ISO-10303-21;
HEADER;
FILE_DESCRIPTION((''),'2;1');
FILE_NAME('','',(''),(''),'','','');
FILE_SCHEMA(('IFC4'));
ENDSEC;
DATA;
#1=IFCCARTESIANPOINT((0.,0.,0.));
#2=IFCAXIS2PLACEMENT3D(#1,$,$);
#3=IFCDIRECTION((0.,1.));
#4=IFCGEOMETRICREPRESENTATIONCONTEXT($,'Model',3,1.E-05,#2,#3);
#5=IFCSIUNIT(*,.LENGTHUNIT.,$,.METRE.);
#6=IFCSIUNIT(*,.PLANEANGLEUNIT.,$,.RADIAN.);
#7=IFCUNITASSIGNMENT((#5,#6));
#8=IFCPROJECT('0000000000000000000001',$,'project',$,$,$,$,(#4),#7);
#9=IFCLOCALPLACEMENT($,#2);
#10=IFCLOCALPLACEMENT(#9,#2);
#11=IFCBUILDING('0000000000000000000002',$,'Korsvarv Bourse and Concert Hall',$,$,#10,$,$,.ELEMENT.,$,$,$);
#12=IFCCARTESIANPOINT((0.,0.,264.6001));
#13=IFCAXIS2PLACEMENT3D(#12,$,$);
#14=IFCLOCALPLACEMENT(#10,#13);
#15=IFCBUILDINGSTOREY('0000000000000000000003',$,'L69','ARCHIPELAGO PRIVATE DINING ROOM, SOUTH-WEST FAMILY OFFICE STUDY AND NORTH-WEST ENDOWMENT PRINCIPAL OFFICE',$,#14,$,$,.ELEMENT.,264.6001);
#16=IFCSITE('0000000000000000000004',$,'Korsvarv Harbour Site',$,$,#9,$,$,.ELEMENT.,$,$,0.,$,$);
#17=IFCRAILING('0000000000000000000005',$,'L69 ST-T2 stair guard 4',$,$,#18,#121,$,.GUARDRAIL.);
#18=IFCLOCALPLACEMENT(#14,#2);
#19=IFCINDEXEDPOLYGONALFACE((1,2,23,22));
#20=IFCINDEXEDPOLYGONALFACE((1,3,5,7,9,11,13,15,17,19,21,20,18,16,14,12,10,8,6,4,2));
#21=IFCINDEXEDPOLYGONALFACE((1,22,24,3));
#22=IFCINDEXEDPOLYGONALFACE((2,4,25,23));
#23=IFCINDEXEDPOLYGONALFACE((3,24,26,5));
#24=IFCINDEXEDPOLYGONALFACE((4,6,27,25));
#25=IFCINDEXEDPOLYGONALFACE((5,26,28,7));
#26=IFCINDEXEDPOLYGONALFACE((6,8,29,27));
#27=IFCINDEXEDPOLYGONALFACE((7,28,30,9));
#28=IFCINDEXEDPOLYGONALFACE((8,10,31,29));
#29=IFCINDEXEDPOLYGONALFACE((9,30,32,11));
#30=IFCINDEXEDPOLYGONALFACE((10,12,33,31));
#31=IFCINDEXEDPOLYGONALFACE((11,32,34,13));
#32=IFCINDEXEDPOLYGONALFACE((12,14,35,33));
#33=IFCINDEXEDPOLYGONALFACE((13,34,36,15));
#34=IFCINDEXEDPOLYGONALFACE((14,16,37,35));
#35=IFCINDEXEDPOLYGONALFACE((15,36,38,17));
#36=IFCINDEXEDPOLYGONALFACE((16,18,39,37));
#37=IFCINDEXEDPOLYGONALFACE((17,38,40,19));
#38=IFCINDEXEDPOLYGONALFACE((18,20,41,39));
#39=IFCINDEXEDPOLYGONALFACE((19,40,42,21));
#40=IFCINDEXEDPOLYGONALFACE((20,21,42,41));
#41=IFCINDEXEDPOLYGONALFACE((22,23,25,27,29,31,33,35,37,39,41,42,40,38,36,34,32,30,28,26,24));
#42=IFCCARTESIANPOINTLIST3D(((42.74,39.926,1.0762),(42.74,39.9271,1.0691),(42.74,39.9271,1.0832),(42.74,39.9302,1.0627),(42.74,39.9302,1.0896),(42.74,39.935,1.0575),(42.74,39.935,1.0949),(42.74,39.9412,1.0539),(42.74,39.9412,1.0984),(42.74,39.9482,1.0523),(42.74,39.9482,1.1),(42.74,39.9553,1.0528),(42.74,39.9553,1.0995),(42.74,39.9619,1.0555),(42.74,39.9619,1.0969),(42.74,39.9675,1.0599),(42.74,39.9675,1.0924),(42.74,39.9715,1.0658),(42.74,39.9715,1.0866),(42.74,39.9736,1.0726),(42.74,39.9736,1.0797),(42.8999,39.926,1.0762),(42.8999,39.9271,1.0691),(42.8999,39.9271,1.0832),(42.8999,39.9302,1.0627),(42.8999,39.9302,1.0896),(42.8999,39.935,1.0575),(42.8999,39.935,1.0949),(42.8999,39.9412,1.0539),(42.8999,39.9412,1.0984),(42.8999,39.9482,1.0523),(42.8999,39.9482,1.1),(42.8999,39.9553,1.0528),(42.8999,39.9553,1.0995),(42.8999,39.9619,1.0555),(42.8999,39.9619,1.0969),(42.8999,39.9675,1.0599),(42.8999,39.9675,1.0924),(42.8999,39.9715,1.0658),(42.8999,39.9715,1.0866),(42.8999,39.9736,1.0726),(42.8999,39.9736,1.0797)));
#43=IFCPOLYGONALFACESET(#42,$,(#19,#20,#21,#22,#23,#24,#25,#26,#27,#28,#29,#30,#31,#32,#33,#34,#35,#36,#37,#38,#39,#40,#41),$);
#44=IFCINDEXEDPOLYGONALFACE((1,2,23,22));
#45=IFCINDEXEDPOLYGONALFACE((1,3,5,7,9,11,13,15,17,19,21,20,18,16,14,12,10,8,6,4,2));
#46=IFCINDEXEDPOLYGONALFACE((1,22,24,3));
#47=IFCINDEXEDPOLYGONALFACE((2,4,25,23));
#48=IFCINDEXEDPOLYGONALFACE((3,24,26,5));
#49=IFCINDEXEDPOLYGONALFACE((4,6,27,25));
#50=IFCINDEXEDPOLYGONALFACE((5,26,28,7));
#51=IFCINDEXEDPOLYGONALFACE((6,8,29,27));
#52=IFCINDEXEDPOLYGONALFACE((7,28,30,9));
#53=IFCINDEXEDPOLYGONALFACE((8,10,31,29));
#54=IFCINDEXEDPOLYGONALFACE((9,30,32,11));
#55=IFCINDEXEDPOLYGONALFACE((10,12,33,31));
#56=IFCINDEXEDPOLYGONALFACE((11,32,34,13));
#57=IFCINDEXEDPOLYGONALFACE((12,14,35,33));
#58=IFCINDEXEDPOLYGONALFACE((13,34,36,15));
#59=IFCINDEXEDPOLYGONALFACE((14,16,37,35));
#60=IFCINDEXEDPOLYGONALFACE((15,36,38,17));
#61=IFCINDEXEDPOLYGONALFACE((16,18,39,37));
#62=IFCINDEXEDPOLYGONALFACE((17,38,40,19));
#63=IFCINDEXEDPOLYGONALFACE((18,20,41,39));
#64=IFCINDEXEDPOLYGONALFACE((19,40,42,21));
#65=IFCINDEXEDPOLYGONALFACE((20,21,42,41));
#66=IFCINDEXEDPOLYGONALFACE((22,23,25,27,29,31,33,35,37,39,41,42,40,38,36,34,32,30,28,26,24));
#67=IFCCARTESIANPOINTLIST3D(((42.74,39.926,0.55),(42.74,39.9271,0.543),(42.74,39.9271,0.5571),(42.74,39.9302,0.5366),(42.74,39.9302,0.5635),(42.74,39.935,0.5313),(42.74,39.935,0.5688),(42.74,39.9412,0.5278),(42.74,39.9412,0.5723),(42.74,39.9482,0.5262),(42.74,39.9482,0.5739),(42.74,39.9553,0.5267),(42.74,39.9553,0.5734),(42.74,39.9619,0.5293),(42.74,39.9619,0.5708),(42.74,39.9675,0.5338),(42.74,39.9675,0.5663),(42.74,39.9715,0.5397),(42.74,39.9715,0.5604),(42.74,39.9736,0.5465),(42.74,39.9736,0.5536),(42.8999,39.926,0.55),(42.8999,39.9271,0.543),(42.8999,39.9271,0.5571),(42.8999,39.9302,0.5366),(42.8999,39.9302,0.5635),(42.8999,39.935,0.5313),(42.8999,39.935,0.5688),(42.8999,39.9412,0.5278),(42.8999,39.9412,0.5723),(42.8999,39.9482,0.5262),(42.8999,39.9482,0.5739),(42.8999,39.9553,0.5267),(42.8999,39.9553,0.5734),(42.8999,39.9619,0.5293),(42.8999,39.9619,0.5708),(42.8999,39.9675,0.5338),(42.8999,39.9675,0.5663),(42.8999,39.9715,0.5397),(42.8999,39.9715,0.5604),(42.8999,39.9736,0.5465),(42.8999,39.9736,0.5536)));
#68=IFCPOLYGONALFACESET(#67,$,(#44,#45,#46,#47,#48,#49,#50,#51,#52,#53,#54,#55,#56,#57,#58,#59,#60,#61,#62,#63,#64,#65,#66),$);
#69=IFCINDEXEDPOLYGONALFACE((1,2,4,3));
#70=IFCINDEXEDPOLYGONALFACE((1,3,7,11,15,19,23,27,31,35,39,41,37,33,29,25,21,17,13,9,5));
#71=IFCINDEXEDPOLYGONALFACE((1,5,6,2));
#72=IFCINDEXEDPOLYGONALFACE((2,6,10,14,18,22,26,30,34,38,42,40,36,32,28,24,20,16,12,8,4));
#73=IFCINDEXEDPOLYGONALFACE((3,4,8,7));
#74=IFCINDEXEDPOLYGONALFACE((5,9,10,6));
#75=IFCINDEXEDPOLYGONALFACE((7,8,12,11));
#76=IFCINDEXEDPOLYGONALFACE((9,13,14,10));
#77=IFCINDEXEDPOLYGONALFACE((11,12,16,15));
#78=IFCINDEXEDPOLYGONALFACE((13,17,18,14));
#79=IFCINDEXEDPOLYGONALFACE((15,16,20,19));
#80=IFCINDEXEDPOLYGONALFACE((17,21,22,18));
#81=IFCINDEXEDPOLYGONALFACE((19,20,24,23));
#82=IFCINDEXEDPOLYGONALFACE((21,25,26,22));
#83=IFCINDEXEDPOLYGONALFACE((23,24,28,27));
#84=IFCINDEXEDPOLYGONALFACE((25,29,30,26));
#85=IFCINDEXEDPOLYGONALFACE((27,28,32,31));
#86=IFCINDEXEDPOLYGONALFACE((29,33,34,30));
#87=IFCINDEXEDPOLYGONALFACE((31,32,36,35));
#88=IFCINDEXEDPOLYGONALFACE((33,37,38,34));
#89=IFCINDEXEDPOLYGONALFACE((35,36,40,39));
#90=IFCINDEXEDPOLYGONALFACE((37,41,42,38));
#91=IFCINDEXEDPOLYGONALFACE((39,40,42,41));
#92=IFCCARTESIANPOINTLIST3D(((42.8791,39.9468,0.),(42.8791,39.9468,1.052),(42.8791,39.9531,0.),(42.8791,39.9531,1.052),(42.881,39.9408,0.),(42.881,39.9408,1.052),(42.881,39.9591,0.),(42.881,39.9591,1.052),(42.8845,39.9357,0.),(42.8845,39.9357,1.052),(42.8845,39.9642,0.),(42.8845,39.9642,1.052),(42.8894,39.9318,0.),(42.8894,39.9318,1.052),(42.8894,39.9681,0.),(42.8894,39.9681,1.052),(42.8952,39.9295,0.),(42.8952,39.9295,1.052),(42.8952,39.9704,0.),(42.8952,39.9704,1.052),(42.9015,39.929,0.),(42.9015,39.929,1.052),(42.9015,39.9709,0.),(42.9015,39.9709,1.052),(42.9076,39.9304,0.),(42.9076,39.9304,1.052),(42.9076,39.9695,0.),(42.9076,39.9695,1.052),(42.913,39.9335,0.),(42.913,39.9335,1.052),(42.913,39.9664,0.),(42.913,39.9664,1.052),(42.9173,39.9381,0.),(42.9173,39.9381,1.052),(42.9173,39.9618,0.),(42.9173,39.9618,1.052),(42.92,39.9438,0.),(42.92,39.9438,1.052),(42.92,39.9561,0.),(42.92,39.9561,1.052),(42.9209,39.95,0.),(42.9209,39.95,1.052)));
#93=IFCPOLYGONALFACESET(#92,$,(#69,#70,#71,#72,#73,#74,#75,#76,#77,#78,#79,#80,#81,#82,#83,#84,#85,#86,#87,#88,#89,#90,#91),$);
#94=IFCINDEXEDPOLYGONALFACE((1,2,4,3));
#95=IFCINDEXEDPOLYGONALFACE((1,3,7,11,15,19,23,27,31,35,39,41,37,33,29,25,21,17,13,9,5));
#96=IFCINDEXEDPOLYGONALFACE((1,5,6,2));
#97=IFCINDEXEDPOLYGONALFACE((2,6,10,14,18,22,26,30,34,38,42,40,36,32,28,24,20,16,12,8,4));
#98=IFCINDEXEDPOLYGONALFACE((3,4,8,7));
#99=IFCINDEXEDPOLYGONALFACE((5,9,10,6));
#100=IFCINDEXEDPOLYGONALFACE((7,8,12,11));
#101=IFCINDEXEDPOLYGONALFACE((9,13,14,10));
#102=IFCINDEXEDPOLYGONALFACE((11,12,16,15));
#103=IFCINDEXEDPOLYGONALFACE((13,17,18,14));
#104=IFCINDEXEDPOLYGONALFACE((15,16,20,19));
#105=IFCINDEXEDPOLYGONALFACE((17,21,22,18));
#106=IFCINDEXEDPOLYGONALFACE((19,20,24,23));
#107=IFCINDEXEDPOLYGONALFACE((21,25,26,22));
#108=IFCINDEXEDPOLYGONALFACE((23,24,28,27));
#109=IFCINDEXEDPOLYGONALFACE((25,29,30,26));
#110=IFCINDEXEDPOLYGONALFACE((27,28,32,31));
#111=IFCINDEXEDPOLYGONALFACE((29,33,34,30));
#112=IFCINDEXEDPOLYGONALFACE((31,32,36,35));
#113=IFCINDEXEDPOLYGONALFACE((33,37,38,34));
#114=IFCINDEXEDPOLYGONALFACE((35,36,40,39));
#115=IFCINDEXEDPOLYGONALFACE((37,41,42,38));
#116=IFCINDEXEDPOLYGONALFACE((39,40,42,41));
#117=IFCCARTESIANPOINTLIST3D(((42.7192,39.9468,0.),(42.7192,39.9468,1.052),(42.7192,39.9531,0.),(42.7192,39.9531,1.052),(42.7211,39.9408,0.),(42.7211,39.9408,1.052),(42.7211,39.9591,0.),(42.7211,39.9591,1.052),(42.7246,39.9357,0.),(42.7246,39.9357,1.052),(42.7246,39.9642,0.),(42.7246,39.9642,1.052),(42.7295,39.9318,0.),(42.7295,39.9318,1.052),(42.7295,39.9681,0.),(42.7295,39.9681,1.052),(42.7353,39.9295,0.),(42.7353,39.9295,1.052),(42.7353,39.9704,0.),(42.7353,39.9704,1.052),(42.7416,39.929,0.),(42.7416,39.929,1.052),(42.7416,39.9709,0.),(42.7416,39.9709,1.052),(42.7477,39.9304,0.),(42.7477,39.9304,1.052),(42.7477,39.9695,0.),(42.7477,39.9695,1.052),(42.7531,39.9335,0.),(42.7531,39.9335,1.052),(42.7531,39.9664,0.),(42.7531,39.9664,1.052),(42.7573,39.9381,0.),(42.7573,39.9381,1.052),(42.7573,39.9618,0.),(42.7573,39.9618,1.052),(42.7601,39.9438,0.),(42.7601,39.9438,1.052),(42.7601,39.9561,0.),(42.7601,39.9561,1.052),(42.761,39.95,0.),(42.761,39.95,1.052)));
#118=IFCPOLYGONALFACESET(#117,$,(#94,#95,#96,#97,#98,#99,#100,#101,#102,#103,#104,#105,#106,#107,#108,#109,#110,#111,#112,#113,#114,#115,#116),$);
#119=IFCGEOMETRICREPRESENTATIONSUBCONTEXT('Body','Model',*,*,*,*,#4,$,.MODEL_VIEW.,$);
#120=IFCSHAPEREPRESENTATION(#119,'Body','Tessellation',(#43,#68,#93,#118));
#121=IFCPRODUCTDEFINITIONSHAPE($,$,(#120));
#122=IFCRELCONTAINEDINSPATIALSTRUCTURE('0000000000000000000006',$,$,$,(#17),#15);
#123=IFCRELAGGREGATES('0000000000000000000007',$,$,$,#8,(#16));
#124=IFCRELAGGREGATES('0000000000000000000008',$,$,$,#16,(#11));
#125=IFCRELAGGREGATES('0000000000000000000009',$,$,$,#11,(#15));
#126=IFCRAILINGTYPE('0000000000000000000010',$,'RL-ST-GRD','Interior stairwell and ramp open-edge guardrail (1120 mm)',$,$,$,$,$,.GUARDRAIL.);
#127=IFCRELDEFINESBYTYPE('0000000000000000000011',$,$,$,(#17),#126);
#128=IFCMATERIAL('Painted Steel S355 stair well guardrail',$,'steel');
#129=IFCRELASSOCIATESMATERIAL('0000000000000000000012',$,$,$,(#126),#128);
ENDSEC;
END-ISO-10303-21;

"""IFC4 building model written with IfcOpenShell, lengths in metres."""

from ifc_helpers import new_model, si_unit, direction, frame, origin, origin_2d, place, context, subcontext, project, spatial, circle, extrude, material, type_object, element, save


model = new_model("IFC4")

# Units and contexts
model_context = context("Model", 3, precision=1e-05, world=origin(), true_north=direction((0.0, 1.0)))
body_context = subcontext(model_context, "Body", "Model", "MODEL_VIEW")
ifc_project = project(units=[si_unit("LENGTHUNIT", "METRE"), si_unit("PLANEANGLEUNIT", "RADIAN")], contexts=[model_context])

# Site, building, storey
site_placement = place(None, origin())
site = spatial("IfcSite", under=ifc_project, at=site_placement, Name="Korsvarv Harbour Site", CompositionType="ELEMENT", RefElevation=0.0)
building_placement = place(site_placement, origin())
building = spatial("IfcBuilding", under=site, at=building_placement, Name="Korsvarv Bourse and Concert Hall", CompositionType="ELEMENT")
storey_placement = place(building_placement, frame((0.0, 0.0, 264.6001)))
storey = spatial("IfcBuildingStorey", under=building, at=storey_placement, Name="L69", Description="ARCHIPELAGO PRIVATE DINING ROOM, SOUTH-WEST FAMILY OFFICE STUDY AND NORTH-WEST ENDOWMENT PRINCIPAL OFFICE", CompositionType="ELEMENT", Elevation=264.6001)

# Railing
ifc_material_1 = material(Name="Painted Steel S355 stair well guardrail", Category="steel")
railing_type_1 = type_object("IfcRailingType", Name="RL-ST-GRD", Description="Interior stairwell and ramp open-edge guardrail (1120 mm)", PredefinedType="GUARDRAIL", material=ifc_material_1)
railing_1_placement = place(storey_placement, frame((42.8999, 39.95, 0.0)))
element("IfcRailing", 1, at=railing_1_placement, inside=storey, type_object=railing_type_1, Name="L69 ST-T2 stair guard 4", PredefinedType="GUARDRAIL", context=body_context, shape_type="SweptSolid", body=[
    extrude(circle(Radius=0.0239, at=origin_2d()), frame((0.0, 0.0, 1.0762), z_axis=(-1.0, 0.0, 0.0), x_axis=(0.0, -1.0, 0.0)), (0.0, 0.0, 1.0), 0.1599),
    extrude(circle(Radius=0.0239, at=origin_2d()), frame((0.0, 0.0, 0.55), z_axis=(-1.0, 0.0, 0.0), x_axis=(0.0, -1.0, 0.0)), (0.0, 0.0, 1.0), 0.1599),
    extrude(circle(Radius=0.021, at=origin_2d()), origin(), (0.0, 0.0, 1.0), 1.052),
    extrude(circle(Radius=0.021, at=origin_2d()), frame((-0.1599, 0.0, 0.0)), (0.0, 0.0, 1.0), 1.052),
])

save(model, "model.ifc")
